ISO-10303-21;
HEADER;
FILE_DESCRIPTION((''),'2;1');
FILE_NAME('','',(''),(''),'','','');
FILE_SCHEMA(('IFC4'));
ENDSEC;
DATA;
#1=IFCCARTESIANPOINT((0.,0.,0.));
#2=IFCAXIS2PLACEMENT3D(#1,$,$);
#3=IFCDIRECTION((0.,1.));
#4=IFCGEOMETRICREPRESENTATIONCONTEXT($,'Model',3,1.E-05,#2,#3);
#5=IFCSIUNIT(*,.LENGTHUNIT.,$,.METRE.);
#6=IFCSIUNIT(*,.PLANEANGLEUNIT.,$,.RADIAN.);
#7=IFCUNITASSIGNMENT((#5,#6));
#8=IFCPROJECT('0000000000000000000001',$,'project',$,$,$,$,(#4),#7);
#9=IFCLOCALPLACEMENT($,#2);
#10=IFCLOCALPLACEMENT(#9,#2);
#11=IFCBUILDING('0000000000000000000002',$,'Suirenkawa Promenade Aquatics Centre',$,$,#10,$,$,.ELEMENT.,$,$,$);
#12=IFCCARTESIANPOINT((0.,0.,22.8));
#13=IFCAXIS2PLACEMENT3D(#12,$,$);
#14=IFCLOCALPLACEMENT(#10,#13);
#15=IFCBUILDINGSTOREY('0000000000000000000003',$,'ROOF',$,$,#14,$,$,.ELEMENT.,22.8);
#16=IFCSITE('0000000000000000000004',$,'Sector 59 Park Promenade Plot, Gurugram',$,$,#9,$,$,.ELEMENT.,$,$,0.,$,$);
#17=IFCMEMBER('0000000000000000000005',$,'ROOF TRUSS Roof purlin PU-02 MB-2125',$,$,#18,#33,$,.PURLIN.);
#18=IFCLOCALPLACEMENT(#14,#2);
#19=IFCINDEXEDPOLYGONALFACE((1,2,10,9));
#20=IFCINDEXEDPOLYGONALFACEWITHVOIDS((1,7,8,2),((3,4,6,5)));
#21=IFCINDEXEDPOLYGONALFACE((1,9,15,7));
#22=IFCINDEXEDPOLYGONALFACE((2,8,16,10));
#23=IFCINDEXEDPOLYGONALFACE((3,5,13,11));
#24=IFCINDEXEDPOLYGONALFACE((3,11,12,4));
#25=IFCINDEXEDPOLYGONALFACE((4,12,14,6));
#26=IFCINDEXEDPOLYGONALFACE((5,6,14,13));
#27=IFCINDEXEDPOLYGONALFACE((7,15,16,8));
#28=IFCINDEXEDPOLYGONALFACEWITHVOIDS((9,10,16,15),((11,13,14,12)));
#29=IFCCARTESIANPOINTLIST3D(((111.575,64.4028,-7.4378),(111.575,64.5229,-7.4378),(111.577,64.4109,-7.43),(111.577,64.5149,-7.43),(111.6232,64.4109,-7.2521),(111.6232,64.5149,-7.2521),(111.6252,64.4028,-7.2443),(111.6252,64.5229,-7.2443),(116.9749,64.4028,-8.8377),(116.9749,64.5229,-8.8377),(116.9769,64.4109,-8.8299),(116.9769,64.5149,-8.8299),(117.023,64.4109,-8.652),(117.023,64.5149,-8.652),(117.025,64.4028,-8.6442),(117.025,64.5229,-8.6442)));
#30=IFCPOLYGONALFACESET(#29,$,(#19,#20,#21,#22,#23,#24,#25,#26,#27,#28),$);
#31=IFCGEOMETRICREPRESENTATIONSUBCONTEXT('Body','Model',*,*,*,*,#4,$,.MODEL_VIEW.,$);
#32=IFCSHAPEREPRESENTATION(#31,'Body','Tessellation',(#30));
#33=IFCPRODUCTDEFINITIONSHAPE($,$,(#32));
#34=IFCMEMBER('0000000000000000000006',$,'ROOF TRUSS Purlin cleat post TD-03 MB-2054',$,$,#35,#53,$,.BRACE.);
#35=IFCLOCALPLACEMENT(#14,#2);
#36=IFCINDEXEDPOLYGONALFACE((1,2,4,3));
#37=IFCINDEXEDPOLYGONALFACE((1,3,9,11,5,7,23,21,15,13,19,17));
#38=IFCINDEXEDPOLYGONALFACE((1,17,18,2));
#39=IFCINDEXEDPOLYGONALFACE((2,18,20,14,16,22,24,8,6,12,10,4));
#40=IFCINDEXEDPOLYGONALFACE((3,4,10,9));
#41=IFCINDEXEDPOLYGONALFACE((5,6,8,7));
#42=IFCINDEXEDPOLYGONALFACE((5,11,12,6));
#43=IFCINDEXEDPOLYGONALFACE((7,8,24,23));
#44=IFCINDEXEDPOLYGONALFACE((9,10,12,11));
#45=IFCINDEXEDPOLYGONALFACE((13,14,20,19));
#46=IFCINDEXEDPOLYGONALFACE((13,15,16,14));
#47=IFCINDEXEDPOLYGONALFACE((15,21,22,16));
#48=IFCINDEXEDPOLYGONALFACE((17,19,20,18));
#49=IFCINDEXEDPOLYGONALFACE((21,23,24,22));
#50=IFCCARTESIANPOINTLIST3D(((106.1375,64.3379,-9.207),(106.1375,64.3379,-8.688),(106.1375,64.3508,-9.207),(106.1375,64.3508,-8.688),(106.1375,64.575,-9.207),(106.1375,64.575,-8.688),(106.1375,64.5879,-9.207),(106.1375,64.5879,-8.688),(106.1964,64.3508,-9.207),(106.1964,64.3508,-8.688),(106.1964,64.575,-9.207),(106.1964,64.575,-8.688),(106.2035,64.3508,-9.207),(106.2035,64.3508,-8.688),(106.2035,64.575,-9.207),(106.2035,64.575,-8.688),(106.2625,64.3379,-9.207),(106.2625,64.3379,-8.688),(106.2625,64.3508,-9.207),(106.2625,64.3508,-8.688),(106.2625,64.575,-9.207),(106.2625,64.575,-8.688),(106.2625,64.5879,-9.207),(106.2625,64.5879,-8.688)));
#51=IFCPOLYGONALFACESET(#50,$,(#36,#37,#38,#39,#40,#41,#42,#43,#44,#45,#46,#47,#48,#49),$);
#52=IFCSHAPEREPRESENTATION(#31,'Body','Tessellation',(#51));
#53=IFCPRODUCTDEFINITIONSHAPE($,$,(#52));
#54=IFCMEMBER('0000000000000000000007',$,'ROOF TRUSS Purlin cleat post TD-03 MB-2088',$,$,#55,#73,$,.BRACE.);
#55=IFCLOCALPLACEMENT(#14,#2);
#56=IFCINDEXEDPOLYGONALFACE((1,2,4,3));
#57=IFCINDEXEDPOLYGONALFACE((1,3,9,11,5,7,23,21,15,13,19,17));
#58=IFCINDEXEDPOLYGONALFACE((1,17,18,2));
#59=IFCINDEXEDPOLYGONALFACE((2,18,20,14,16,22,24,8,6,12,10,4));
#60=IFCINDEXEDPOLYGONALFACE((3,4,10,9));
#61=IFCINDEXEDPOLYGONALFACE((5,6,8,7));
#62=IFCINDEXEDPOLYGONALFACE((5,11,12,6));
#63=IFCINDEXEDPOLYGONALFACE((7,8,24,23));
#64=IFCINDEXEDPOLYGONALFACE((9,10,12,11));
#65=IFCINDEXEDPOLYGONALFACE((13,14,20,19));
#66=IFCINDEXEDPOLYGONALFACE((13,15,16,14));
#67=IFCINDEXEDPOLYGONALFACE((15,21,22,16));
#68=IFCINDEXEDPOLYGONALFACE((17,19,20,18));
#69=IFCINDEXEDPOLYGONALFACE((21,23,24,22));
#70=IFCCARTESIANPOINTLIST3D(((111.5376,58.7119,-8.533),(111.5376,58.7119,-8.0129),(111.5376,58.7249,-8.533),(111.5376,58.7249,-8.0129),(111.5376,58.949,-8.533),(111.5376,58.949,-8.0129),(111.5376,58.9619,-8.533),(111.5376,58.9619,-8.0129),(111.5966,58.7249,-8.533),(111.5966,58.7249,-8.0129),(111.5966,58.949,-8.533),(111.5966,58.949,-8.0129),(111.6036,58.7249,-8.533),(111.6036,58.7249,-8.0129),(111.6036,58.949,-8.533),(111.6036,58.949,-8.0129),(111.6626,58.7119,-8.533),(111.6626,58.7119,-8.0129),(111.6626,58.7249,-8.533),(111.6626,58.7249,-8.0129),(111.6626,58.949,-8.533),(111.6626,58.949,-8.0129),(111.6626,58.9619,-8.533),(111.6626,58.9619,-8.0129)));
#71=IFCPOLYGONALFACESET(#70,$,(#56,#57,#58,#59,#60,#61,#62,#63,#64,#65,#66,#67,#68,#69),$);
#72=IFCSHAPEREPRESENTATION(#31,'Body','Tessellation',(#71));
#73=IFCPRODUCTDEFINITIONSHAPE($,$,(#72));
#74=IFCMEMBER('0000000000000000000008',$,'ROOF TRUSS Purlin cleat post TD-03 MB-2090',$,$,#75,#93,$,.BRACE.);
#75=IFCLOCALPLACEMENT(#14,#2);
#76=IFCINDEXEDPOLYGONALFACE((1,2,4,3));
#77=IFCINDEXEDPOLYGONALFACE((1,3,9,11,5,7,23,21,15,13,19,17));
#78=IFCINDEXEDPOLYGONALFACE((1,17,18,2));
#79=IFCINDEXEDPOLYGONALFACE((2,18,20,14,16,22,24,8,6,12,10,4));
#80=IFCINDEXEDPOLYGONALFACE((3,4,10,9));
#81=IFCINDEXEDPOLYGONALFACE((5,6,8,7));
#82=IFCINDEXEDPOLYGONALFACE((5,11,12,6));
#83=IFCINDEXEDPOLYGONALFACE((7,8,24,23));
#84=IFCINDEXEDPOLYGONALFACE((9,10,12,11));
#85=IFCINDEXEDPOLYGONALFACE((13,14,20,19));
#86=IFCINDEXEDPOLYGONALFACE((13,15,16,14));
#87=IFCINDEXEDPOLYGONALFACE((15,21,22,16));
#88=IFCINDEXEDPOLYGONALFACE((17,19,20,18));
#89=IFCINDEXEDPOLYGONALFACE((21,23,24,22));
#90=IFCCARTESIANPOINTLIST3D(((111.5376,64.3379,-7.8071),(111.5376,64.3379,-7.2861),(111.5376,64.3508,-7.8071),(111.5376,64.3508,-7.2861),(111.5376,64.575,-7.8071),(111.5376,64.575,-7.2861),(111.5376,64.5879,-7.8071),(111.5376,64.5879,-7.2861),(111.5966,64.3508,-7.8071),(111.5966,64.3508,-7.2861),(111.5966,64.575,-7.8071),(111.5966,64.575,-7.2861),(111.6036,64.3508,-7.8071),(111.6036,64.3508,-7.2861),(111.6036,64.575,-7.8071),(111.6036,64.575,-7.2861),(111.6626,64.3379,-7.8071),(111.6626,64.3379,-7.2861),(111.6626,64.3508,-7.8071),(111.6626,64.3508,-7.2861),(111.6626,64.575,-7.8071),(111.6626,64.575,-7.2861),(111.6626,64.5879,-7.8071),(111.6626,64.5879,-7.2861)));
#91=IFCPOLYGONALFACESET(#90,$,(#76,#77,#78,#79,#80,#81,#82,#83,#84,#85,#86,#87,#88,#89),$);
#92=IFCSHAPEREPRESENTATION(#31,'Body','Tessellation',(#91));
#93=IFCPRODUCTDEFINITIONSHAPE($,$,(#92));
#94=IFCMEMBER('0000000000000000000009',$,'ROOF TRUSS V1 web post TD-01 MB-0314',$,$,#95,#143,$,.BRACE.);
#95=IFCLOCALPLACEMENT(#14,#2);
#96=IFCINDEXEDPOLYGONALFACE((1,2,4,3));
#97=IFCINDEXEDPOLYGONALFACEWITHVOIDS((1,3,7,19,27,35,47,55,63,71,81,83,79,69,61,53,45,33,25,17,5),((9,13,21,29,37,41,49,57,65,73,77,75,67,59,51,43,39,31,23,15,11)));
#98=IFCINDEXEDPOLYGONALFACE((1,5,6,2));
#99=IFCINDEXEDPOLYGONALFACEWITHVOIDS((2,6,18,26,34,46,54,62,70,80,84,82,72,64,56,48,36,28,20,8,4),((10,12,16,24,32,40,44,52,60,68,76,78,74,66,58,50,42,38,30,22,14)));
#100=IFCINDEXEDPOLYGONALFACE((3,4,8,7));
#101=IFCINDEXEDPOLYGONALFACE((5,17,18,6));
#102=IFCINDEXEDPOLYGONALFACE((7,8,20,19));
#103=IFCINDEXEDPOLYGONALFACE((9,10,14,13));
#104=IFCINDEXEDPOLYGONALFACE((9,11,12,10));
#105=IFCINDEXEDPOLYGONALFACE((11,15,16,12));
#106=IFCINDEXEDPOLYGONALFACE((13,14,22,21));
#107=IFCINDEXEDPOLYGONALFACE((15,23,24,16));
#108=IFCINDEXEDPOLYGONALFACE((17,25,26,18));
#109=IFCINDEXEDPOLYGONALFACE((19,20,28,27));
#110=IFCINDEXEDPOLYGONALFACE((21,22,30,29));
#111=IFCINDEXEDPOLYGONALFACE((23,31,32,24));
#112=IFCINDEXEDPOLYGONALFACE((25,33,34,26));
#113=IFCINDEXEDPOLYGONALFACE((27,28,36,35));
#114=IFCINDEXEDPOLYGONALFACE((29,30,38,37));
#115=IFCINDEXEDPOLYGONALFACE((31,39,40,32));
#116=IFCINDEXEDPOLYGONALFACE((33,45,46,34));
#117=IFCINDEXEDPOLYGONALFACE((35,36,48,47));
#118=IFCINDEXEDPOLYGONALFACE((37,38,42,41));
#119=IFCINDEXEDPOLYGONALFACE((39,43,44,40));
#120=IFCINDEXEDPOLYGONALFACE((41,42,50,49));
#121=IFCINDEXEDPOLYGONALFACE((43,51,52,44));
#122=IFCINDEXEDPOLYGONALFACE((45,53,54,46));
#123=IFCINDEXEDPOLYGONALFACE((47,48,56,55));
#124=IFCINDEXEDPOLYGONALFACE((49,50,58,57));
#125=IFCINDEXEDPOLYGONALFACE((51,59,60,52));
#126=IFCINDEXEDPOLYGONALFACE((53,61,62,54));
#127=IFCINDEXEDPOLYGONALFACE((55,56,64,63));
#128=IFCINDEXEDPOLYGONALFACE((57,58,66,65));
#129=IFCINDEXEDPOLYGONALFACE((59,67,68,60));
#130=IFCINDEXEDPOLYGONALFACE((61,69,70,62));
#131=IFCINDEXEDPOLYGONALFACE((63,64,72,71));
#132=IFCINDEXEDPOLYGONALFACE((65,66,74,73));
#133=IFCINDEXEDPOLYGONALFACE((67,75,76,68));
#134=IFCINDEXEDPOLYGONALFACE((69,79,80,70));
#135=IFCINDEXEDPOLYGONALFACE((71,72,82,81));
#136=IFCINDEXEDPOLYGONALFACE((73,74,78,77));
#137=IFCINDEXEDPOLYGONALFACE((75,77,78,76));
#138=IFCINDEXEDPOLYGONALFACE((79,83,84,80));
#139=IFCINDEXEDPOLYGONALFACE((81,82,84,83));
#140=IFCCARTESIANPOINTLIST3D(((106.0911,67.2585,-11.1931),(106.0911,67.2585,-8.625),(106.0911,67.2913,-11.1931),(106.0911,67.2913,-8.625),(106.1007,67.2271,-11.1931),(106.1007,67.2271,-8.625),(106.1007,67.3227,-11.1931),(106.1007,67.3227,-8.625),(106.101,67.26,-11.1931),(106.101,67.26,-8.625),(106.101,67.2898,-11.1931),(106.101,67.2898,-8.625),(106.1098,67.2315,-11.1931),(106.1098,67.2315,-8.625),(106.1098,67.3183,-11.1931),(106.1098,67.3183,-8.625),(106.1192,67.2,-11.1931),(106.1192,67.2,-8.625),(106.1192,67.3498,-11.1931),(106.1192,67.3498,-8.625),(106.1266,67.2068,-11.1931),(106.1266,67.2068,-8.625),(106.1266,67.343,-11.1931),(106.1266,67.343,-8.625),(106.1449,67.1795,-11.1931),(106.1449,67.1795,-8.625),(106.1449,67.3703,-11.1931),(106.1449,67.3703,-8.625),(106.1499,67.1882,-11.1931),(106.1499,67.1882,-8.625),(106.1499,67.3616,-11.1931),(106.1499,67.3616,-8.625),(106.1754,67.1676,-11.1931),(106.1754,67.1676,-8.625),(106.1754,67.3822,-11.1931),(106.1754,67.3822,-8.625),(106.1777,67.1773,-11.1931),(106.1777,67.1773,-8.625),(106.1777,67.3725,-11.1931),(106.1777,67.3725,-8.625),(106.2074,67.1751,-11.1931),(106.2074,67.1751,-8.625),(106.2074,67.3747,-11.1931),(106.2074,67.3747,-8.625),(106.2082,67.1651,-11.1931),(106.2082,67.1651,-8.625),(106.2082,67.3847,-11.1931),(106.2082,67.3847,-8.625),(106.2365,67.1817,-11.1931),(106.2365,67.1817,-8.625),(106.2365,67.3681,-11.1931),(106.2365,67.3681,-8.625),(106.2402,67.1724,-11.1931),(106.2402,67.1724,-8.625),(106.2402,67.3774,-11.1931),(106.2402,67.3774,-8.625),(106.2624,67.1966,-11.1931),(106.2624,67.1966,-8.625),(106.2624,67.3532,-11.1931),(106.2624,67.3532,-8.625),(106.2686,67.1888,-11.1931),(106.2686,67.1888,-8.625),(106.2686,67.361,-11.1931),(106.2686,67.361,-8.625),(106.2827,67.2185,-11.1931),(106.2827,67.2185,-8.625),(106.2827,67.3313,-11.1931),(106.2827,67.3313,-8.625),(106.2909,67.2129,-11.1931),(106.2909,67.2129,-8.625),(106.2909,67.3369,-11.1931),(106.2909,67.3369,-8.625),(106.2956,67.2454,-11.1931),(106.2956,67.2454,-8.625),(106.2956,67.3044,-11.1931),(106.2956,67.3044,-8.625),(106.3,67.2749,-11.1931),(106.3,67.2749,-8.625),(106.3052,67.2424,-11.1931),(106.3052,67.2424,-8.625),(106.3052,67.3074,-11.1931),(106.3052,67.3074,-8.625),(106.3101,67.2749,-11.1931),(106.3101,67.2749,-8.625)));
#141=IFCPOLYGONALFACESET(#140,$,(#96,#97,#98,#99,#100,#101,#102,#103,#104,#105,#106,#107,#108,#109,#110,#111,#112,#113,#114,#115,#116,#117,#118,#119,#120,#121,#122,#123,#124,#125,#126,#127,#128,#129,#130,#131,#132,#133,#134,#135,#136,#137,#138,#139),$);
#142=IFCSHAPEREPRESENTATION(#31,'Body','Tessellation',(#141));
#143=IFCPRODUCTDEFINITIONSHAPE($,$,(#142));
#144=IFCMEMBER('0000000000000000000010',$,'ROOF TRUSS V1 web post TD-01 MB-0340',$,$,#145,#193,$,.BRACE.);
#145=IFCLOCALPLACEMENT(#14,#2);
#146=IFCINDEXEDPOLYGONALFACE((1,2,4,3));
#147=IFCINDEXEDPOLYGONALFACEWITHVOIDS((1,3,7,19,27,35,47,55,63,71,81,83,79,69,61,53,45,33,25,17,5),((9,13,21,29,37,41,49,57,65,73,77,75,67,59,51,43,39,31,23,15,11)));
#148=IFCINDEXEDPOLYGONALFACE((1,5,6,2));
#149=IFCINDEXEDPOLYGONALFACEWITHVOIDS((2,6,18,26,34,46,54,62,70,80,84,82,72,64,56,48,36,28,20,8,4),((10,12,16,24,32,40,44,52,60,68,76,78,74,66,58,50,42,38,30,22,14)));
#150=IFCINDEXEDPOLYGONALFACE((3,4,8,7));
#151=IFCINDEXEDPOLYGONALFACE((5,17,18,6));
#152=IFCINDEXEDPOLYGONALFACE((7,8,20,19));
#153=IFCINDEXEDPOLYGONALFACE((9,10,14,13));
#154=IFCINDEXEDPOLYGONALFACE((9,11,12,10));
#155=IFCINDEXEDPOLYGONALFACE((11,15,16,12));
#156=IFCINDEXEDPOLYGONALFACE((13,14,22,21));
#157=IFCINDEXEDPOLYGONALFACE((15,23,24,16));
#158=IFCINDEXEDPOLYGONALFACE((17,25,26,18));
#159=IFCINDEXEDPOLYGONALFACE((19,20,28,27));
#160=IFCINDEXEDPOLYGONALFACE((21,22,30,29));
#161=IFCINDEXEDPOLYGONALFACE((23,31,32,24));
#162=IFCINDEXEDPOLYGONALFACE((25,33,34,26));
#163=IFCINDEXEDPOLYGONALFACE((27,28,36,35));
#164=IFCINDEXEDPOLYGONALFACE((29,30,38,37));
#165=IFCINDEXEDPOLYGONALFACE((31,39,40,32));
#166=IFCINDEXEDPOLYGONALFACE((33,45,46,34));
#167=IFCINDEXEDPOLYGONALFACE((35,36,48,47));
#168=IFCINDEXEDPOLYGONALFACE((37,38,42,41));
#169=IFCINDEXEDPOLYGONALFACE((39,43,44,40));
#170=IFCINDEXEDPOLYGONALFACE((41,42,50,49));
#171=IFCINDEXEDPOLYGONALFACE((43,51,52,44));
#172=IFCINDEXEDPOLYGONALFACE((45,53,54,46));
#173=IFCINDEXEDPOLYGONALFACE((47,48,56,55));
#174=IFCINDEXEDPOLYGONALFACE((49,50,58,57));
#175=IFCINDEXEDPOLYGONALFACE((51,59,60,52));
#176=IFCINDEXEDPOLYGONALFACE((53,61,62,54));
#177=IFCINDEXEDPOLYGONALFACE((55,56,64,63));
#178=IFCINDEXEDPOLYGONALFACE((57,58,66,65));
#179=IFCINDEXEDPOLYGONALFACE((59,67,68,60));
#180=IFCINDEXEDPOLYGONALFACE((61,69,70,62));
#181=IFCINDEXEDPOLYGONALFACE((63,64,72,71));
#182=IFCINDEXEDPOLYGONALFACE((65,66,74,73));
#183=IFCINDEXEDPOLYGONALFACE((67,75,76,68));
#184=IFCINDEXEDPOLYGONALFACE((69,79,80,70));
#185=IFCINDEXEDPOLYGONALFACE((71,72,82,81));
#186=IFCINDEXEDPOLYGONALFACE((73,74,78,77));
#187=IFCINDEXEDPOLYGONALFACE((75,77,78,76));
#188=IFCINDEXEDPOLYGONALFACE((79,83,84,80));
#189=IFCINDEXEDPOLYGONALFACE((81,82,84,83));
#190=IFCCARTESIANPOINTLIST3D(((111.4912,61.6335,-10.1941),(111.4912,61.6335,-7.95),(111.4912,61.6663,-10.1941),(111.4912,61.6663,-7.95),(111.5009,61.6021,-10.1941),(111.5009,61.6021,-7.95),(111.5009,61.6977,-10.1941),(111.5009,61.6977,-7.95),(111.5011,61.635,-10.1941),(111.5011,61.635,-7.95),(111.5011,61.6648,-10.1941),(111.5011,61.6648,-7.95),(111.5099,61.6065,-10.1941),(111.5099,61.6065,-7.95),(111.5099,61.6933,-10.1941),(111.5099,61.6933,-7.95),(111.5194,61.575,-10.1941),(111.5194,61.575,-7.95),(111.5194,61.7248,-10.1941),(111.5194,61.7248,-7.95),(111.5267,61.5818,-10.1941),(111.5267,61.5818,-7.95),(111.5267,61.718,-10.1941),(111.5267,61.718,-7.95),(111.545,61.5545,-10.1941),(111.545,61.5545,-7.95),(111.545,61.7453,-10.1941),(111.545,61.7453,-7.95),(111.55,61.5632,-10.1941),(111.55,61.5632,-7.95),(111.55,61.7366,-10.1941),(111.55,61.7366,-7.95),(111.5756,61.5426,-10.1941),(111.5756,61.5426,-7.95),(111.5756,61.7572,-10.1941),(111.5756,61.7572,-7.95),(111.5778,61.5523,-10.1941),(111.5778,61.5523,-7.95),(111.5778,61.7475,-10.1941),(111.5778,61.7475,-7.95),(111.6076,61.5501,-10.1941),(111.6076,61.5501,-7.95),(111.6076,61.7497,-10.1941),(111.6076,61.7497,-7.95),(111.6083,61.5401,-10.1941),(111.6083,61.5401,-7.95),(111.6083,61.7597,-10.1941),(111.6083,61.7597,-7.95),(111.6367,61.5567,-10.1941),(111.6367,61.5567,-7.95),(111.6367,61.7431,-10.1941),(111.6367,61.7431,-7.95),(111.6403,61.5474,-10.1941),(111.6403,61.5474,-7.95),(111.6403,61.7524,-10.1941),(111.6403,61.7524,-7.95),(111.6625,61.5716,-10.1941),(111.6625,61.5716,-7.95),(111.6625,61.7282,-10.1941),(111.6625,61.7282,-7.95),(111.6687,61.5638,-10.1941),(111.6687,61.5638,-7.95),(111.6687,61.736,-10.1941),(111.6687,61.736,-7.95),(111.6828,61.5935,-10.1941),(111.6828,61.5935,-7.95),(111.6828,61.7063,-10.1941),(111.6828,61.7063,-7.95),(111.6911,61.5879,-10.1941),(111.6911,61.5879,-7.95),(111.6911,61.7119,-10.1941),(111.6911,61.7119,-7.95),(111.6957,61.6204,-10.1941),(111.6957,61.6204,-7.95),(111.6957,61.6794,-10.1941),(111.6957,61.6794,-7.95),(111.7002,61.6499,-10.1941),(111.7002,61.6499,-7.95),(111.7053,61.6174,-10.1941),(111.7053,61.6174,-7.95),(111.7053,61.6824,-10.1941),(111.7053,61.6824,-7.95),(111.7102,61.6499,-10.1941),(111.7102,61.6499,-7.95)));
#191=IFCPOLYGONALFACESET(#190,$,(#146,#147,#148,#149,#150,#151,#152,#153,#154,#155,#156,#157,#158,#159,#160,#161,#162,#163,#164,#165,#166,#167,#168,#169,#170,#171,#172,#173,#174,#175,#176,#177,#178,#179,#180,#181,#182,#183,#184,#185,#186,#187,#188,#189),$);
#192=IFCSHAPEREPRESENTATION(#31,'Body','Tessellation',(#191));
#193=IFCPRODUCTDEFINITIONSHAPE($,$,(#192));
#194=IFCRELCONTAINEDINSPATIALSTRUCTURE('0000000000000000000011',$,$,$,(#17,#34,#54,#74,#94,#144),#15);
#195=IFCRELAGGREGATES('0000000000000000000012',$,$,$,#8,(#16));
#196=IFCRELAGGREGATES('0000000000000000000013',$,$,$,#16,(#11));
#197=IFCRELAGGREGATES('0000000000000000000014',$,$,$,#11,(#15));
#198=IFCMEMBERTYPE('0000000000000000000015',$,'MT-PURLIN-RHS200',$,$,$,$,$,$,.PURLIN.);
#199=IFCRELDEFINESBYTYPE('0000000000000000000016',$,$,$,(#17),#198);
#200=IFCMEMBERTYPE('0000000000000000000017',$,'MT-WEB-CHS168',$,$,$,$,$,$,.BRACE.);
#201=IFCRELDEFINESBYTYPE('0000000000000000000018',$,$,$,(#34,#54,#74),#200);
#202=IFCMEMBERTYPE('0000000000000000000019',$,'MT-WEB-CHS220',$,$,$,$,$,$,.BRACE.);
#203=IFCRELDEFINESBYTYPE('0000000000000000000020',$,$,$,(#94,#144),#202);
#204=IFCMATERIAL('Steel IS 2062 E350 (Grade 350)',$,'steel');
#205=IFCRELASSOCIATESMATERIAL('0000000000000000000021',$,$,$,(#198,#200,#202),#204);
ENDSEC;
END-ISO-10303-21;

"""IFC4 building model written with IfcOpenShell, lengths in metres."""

from ifc_helpers import new_model, si_unit, direction, frame, origin, origin_2d, place, context, subcontext, project, spatial, hollow_rectangle, hollow_circle, i_section, extrude, material, material_profile, profile_set, type_object, element, save


model = new_model("IFC4")

# Units and contexts
model_context = context("Model", 3, precision=1e-05, world=origin(), true_north=direction((0.0, 1.0)))
body_context = subcontext(model_context, "Body", "Model", "MODEL_VIEW")
ifc_project = project(units=[si_unit("LENGTHUNIT", "METRE"), si_unit("PLANEANGLEUNIT", "RADIAN")], contexts=[model_context])

# Site, building, storey
site_placement = place(None, origin())
site = spatial("IfcSite", under=ifc_project, at=site_placement, Name="Sector 59 Park Promenade Plot, Gurugram", CompositionType="ELEMENT", RefElevation=0.0)
building_placement = place(site_placement, origin())
building = spatial("IfcBuilding", under=site, at=building_placement, Name="Suirenkawa Promenade Aquatics Centre", CompositionType="ELEMENT")
storey_placement = place(building_placement, frame((0.0, 0.0, 22.8)))
storey = spatial("IfcBuildingStorey", under=building, at=storey_placement, Name="ROOF", CompositionType="ELEMENT", Elevation=22.8)

# Shared definitions
ifc_material = material(Name="Steel IS 2062 E350 (Grade 350)", Category="steel")

# Members
ifc_material_profile_1 = material_profile(ifc_material, hollow_rectangle(XDim=0.1201, YDim=0.2, WallThickness=0.0081, at=origin_2d()), Name="RHS 200x120x8", Category="steel")
ifc_profile_set_1 = profile_set([ifc_material_profile_1], Name="Steel IS 2062 E350 (Grade 350)")
member_type_1 = type_object("IfcMemberType", Name="MT-PURLIN-RHS200", PredefinedType="PURLIN", material=ifc_profile_set_1)
member_1_placement = place(storey_placement, frame((111.6001, 64.4629, -7.3411), z_axis=(0.968, 0.0, -0.25095), x_axis=(0.0, 1.0, 0.0)))
element("IfcMember", 1, at=member_1_placement, inside=storey, type_object=member_type_1, Name="ROOF TRUSS Roof purlin PU-02 MB-2125", PredefinedType="PURLIN", context=body_context, shape_type="SweptSolid", body=[
    extrude(hollow_rectangle(XDim=0.1201, YDim=0.2, WallThickness=0.0081, at=origin_2d()), origin(), (0.0, 0.0, 1.0), 5.5784),
])
ifc_material_profile_2 = material_profile(ifc_material, i_section(OverallWidth=0.125, OverallDepth=0.25, WebThickness=0.0071, FlangeThickness=0.0129, at=origin_2d()), Name="ISMB 250", Category="steel")
ifc_profile_set_2 = profile_set([ifc_material_profile_2], Name="Steel IS 2062 E350 (Grade 350)")
member_type_2 = type_object("IfcMemberType", Name="MT-WEB-CHS168", PredefinedType="BRACE", material=ifc_profile_set_2)
member_2_placement = place(storey_placement, frame((106.2, 64.4629, -9.207), z_axis=(0.0, 0.0, 1.0), x_axis=(1.0, 0.0, 0.0)))
element("IfcMember", 2, at=member_2_placement, inside=storey, type_object=member_type_2, Name="ROOF TRUSS Purlin cleat post TD-03 MB-2054", PredefinedType="BRACE", context=body_context, shape_type="SweptSolid", body=[
    extrude(i_section(OverallWidth=0.125, OverallDepth=0.25, WebThickness=0.0071, FlangeThickness=0.0129, at=origin_2d()), origin(), (0.0, 0.0, 1.0), 0.519),
])
member_3_placement = place(storey_placement, frame((111.6001, 58.8369, -8.533), z_axis=(0.0, 0.0, 1.0), x_axis=(1.0, 0.0, 0.0)))
element("IfcMember", 3, at=member_3_placement, inside=storey, type_object=member_type_2, Name="ROOF TRUSS Purlin cleat post TD-03 MB-2088", PredefinedType="BRACE", context=body_context, shape_type="SweptSolid", body=[
    extrude(i_section(OverallWidth=0.125, OverallDepth=0.25, WebThickness=0.0071, FlangeThickness=0.0129, at=origin_2d()), origin(), (0.0, 0.0, 1.0), 0.52),
])
member_4_placement = place(storey_placement, frame((111.6001, 64.4629, -7.8071), z_axis=(0.0, 0.0, 1.0), x_axis=(1.0, 0.0, 0.0)))
element("IfcMember", 4, at=member_4_placement, inside=storey, type_object=member_type_2, Name="ROOF TRUSS Purlin cleat post TD-03 MB-2090", PredefinedType="BRACE", context=body_context, shape_type="SweptSolid", body=[
    extrude(i_section(OverallWidth=0.125, OverallDepth=0.25, WebThickness=0.0071, FlangeThickness=0.0129, at=origin_2d()), origin(), (0.0, 0.0, 1.0), 0.521),
])
ifc_material_profile_3 = material_profile(ifc_material, hollow_circle(Radius=0.1101, WallThickness=0.01, at=origin_2d()), Name="CHS 220x10", Category="steel")
ifc_profile_set_3 = profile_set([ifc_material_profile_3], Name="Steel IS 2062 E350 (Grade 350)")
member_type_3 = type_object("IfcMemberType", Name="MT-WEB-CHS220", PredefinedType="BRACE", material=ifc_profile_set_3)
member_5_placement = place(storey_placement, frame((106.2, 67.2749, -11.1931), z_axis=(0.0, 0.0, 1.0), x_axis=(1.0, 0.0, 0.0)))
element("IfcMember", 5, at=member_5_placement, inside=storey, type_object=member_type_3, Name="ROOF TRUSS V1 web post TD-01 MB-0314", PredefinedType="BRACE", context=body_context, shape_type="SweptSolid", body=[
    extrude(hollow_circle(Radius=0.1101, WallThickness=0.01, at=origin_2d()), origin(), (0.0, 0.0, 1.0), 2.5681),
])
member_6_placement = place(storey_placement, frame((111.6001, 61.6499, -10.1941), z_axis=(0.0, 0.0, 1.0), x_axis=(1.0, 0.0, 0.0)))
element("IfcMember", 6, at=member_6_placement, inside=storey, type_object=member_type_3, Name="ROOF TRUSS V1 web post TD-01 MB-0340", PredefinedType="BRACE", context=body_context, shape_type="SweptSolid", body=[
    extrude(hollow_circle(Radius=0.1101, WallThickness=0.01, at=origin_2d()), origin(), (0.0, 0.0, 1.0), 2.2441),
])

save(model, "model.ifc")
